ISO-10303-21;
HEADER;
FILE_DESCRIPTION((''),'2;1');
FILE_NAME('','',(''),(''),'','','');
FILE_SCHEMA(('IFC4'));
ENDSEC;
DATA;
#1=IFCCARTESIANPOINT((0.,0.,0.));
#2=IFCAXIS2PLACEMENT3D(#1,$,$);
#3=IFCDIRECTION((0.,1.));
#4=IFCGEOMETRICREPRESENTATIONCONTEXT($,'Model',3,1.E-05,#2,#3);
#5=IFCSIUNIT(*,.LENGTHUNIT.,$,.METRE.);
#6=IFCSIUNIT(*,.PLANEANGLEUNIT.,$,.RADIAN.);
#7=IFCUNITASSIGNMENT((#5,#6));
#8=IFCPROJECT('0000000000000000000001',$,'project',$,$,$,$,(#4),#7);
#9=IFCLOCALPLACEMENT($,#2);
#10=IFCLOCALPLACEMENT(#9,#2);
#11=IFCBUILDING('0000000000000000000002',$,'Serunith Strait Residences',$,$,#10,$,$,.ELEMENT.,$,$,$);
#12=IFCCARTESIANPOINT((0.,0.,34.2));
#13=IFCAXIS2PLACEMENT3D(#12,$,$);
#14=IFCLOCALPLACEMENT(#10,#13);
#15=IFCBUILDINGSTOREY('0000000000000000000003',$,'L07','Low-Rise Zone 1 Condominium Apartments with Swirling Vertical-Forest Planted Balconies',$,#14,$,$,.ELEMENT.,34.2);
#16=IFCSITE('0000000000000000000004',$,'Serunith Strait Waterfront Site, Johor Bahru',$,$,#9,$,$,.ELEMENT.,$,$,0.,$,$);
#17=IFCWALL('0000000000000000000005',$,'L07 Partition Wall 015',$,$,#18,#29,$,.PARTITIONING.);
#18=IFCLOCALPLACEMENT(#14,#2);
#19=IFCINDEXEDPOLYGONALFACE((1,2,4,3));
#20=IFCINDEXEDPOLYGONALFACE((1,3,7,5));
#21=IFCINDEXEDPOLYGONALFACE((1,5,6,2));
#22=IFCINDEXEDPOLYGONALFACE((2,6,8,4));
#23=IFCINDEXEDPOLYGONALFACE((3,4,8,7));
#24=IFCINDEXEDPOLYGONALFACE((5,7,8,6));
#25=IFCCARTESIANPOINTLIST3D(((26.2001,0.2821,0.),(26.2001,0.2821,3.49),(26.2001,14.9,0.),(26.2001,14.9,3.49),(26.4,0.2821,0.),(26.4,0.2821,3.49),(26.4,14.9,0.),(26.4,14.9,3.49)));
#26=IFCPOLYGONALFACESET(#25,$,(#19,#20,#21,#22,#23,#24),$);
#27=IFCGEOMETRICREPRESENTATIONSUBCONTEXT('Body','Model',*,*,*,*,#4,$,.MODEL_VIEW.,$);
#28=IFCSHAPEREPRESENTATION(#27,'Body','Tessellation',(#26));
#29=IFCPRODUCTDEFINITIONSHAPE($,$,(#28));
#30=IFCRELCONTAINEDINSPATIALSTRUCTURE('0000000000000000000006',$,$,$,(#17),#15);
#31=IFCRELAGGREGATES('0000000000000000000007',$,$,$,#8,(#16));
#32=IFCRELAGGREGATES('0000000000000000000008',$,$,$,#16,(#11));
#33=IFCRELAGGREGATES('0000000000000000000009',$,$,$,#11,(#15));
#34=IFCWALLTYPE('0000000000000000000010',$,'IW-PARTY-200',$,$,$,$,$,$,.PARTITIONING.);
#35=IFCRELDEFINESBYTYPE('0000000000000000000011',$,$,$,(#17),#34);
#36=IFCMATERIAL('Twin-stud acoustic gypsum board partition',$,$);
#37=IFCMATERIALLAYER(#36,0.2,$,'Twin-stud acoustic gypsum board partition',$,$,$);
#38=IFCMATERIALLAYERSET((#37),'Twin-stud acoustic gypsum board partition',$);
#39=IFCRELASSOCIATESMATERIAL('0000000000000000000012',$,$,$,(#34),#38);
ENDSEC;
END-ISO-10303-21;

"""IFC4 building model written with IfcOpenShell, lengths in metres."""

from ifc_helpers import new_model, si_unit, direction, frame, frame_2d, origin, place, context, subcontext, project, spatial, rectangle, extrude, material, layer, layer_set, type_object, element, save


model = new_model("IFC4")

# Units and contexts
model_context = context("Model", 3, precision=1e-05, world=origin(), true_north=direction((0.0, 1.0)))
body_context = subcontext(model_context, "Body", "Model", "MODEL_VIEW")
ifc_project = project(units=[si_unit("LENGTHUNIT", "METRE"), si_unit("PLANEANGLEUNIT", "RADIAN")], contexts=[model_context])

# Site, building, storey
site_placement = place(None, origin())
site = spatial("IfcSite", under=ifc_project, at=site_placement, Name="Serunith Strait Waterfront Site, Johor Bahru", CompositionType="ELEMENT", RefElevation=0.0)
building_placement = place(site_placement, origin())
building = spatial("IfcBuilding", under=site, at=building_placement, Name="Serunith Strait Residences", CompositionType="ELEMENT")
storey_placement = place(building_placement, frame((0.0, 0.0, 34.2)))
storey = spatial("IfcBuildingStorey", under=building, at=storey_placement, Name="L07", Description="Low-Rise Zone 1 Condominium Apartments with Swirling Vertical-Forest Planted Balconies", CompositionType="ELEMENT", Elevation=34.2)

# Wall
ifc_material_1 = material(Name="Twin-stud acoustic gypsum board partition")
ifc_layer_1 = layer(ifc_material_1, 0.2, Name="Twin-stud acoustic gypsum board partition")
ifc_layer_set_1 = layer_set([ifc_layer_1], Name="Twin-stud acoustic gypsum board partition")
wall_type_1 = type_object("IfcWallType", Name="IW-PARTY-200", PredefinedType="PARTITIONING", material=ifc_layer_set_1)
wall_1_placement = place(storey_placement, frame((26.3, 0.282, 0.0), z_axis=(0.0, 0.0, 1.0), x_axis=(0.0, 1.0, 0.0)))
element("IfcWall", 1, at=wall_1_placement, inside=storey, type_object=wall_type_1, Name="L07 Partition Wall 015", PredefinedType="PARTITIONING", context=body_context, shape_type="SweptSolid", body=[
    extrude(rectangle(XDim=14.6179, YDim=0.2, at=frame_2d((7.3091, 0.0))), origin(), (0.0, 0.0, 1.0), 3.49),
])

save(model, "model.ifc")
